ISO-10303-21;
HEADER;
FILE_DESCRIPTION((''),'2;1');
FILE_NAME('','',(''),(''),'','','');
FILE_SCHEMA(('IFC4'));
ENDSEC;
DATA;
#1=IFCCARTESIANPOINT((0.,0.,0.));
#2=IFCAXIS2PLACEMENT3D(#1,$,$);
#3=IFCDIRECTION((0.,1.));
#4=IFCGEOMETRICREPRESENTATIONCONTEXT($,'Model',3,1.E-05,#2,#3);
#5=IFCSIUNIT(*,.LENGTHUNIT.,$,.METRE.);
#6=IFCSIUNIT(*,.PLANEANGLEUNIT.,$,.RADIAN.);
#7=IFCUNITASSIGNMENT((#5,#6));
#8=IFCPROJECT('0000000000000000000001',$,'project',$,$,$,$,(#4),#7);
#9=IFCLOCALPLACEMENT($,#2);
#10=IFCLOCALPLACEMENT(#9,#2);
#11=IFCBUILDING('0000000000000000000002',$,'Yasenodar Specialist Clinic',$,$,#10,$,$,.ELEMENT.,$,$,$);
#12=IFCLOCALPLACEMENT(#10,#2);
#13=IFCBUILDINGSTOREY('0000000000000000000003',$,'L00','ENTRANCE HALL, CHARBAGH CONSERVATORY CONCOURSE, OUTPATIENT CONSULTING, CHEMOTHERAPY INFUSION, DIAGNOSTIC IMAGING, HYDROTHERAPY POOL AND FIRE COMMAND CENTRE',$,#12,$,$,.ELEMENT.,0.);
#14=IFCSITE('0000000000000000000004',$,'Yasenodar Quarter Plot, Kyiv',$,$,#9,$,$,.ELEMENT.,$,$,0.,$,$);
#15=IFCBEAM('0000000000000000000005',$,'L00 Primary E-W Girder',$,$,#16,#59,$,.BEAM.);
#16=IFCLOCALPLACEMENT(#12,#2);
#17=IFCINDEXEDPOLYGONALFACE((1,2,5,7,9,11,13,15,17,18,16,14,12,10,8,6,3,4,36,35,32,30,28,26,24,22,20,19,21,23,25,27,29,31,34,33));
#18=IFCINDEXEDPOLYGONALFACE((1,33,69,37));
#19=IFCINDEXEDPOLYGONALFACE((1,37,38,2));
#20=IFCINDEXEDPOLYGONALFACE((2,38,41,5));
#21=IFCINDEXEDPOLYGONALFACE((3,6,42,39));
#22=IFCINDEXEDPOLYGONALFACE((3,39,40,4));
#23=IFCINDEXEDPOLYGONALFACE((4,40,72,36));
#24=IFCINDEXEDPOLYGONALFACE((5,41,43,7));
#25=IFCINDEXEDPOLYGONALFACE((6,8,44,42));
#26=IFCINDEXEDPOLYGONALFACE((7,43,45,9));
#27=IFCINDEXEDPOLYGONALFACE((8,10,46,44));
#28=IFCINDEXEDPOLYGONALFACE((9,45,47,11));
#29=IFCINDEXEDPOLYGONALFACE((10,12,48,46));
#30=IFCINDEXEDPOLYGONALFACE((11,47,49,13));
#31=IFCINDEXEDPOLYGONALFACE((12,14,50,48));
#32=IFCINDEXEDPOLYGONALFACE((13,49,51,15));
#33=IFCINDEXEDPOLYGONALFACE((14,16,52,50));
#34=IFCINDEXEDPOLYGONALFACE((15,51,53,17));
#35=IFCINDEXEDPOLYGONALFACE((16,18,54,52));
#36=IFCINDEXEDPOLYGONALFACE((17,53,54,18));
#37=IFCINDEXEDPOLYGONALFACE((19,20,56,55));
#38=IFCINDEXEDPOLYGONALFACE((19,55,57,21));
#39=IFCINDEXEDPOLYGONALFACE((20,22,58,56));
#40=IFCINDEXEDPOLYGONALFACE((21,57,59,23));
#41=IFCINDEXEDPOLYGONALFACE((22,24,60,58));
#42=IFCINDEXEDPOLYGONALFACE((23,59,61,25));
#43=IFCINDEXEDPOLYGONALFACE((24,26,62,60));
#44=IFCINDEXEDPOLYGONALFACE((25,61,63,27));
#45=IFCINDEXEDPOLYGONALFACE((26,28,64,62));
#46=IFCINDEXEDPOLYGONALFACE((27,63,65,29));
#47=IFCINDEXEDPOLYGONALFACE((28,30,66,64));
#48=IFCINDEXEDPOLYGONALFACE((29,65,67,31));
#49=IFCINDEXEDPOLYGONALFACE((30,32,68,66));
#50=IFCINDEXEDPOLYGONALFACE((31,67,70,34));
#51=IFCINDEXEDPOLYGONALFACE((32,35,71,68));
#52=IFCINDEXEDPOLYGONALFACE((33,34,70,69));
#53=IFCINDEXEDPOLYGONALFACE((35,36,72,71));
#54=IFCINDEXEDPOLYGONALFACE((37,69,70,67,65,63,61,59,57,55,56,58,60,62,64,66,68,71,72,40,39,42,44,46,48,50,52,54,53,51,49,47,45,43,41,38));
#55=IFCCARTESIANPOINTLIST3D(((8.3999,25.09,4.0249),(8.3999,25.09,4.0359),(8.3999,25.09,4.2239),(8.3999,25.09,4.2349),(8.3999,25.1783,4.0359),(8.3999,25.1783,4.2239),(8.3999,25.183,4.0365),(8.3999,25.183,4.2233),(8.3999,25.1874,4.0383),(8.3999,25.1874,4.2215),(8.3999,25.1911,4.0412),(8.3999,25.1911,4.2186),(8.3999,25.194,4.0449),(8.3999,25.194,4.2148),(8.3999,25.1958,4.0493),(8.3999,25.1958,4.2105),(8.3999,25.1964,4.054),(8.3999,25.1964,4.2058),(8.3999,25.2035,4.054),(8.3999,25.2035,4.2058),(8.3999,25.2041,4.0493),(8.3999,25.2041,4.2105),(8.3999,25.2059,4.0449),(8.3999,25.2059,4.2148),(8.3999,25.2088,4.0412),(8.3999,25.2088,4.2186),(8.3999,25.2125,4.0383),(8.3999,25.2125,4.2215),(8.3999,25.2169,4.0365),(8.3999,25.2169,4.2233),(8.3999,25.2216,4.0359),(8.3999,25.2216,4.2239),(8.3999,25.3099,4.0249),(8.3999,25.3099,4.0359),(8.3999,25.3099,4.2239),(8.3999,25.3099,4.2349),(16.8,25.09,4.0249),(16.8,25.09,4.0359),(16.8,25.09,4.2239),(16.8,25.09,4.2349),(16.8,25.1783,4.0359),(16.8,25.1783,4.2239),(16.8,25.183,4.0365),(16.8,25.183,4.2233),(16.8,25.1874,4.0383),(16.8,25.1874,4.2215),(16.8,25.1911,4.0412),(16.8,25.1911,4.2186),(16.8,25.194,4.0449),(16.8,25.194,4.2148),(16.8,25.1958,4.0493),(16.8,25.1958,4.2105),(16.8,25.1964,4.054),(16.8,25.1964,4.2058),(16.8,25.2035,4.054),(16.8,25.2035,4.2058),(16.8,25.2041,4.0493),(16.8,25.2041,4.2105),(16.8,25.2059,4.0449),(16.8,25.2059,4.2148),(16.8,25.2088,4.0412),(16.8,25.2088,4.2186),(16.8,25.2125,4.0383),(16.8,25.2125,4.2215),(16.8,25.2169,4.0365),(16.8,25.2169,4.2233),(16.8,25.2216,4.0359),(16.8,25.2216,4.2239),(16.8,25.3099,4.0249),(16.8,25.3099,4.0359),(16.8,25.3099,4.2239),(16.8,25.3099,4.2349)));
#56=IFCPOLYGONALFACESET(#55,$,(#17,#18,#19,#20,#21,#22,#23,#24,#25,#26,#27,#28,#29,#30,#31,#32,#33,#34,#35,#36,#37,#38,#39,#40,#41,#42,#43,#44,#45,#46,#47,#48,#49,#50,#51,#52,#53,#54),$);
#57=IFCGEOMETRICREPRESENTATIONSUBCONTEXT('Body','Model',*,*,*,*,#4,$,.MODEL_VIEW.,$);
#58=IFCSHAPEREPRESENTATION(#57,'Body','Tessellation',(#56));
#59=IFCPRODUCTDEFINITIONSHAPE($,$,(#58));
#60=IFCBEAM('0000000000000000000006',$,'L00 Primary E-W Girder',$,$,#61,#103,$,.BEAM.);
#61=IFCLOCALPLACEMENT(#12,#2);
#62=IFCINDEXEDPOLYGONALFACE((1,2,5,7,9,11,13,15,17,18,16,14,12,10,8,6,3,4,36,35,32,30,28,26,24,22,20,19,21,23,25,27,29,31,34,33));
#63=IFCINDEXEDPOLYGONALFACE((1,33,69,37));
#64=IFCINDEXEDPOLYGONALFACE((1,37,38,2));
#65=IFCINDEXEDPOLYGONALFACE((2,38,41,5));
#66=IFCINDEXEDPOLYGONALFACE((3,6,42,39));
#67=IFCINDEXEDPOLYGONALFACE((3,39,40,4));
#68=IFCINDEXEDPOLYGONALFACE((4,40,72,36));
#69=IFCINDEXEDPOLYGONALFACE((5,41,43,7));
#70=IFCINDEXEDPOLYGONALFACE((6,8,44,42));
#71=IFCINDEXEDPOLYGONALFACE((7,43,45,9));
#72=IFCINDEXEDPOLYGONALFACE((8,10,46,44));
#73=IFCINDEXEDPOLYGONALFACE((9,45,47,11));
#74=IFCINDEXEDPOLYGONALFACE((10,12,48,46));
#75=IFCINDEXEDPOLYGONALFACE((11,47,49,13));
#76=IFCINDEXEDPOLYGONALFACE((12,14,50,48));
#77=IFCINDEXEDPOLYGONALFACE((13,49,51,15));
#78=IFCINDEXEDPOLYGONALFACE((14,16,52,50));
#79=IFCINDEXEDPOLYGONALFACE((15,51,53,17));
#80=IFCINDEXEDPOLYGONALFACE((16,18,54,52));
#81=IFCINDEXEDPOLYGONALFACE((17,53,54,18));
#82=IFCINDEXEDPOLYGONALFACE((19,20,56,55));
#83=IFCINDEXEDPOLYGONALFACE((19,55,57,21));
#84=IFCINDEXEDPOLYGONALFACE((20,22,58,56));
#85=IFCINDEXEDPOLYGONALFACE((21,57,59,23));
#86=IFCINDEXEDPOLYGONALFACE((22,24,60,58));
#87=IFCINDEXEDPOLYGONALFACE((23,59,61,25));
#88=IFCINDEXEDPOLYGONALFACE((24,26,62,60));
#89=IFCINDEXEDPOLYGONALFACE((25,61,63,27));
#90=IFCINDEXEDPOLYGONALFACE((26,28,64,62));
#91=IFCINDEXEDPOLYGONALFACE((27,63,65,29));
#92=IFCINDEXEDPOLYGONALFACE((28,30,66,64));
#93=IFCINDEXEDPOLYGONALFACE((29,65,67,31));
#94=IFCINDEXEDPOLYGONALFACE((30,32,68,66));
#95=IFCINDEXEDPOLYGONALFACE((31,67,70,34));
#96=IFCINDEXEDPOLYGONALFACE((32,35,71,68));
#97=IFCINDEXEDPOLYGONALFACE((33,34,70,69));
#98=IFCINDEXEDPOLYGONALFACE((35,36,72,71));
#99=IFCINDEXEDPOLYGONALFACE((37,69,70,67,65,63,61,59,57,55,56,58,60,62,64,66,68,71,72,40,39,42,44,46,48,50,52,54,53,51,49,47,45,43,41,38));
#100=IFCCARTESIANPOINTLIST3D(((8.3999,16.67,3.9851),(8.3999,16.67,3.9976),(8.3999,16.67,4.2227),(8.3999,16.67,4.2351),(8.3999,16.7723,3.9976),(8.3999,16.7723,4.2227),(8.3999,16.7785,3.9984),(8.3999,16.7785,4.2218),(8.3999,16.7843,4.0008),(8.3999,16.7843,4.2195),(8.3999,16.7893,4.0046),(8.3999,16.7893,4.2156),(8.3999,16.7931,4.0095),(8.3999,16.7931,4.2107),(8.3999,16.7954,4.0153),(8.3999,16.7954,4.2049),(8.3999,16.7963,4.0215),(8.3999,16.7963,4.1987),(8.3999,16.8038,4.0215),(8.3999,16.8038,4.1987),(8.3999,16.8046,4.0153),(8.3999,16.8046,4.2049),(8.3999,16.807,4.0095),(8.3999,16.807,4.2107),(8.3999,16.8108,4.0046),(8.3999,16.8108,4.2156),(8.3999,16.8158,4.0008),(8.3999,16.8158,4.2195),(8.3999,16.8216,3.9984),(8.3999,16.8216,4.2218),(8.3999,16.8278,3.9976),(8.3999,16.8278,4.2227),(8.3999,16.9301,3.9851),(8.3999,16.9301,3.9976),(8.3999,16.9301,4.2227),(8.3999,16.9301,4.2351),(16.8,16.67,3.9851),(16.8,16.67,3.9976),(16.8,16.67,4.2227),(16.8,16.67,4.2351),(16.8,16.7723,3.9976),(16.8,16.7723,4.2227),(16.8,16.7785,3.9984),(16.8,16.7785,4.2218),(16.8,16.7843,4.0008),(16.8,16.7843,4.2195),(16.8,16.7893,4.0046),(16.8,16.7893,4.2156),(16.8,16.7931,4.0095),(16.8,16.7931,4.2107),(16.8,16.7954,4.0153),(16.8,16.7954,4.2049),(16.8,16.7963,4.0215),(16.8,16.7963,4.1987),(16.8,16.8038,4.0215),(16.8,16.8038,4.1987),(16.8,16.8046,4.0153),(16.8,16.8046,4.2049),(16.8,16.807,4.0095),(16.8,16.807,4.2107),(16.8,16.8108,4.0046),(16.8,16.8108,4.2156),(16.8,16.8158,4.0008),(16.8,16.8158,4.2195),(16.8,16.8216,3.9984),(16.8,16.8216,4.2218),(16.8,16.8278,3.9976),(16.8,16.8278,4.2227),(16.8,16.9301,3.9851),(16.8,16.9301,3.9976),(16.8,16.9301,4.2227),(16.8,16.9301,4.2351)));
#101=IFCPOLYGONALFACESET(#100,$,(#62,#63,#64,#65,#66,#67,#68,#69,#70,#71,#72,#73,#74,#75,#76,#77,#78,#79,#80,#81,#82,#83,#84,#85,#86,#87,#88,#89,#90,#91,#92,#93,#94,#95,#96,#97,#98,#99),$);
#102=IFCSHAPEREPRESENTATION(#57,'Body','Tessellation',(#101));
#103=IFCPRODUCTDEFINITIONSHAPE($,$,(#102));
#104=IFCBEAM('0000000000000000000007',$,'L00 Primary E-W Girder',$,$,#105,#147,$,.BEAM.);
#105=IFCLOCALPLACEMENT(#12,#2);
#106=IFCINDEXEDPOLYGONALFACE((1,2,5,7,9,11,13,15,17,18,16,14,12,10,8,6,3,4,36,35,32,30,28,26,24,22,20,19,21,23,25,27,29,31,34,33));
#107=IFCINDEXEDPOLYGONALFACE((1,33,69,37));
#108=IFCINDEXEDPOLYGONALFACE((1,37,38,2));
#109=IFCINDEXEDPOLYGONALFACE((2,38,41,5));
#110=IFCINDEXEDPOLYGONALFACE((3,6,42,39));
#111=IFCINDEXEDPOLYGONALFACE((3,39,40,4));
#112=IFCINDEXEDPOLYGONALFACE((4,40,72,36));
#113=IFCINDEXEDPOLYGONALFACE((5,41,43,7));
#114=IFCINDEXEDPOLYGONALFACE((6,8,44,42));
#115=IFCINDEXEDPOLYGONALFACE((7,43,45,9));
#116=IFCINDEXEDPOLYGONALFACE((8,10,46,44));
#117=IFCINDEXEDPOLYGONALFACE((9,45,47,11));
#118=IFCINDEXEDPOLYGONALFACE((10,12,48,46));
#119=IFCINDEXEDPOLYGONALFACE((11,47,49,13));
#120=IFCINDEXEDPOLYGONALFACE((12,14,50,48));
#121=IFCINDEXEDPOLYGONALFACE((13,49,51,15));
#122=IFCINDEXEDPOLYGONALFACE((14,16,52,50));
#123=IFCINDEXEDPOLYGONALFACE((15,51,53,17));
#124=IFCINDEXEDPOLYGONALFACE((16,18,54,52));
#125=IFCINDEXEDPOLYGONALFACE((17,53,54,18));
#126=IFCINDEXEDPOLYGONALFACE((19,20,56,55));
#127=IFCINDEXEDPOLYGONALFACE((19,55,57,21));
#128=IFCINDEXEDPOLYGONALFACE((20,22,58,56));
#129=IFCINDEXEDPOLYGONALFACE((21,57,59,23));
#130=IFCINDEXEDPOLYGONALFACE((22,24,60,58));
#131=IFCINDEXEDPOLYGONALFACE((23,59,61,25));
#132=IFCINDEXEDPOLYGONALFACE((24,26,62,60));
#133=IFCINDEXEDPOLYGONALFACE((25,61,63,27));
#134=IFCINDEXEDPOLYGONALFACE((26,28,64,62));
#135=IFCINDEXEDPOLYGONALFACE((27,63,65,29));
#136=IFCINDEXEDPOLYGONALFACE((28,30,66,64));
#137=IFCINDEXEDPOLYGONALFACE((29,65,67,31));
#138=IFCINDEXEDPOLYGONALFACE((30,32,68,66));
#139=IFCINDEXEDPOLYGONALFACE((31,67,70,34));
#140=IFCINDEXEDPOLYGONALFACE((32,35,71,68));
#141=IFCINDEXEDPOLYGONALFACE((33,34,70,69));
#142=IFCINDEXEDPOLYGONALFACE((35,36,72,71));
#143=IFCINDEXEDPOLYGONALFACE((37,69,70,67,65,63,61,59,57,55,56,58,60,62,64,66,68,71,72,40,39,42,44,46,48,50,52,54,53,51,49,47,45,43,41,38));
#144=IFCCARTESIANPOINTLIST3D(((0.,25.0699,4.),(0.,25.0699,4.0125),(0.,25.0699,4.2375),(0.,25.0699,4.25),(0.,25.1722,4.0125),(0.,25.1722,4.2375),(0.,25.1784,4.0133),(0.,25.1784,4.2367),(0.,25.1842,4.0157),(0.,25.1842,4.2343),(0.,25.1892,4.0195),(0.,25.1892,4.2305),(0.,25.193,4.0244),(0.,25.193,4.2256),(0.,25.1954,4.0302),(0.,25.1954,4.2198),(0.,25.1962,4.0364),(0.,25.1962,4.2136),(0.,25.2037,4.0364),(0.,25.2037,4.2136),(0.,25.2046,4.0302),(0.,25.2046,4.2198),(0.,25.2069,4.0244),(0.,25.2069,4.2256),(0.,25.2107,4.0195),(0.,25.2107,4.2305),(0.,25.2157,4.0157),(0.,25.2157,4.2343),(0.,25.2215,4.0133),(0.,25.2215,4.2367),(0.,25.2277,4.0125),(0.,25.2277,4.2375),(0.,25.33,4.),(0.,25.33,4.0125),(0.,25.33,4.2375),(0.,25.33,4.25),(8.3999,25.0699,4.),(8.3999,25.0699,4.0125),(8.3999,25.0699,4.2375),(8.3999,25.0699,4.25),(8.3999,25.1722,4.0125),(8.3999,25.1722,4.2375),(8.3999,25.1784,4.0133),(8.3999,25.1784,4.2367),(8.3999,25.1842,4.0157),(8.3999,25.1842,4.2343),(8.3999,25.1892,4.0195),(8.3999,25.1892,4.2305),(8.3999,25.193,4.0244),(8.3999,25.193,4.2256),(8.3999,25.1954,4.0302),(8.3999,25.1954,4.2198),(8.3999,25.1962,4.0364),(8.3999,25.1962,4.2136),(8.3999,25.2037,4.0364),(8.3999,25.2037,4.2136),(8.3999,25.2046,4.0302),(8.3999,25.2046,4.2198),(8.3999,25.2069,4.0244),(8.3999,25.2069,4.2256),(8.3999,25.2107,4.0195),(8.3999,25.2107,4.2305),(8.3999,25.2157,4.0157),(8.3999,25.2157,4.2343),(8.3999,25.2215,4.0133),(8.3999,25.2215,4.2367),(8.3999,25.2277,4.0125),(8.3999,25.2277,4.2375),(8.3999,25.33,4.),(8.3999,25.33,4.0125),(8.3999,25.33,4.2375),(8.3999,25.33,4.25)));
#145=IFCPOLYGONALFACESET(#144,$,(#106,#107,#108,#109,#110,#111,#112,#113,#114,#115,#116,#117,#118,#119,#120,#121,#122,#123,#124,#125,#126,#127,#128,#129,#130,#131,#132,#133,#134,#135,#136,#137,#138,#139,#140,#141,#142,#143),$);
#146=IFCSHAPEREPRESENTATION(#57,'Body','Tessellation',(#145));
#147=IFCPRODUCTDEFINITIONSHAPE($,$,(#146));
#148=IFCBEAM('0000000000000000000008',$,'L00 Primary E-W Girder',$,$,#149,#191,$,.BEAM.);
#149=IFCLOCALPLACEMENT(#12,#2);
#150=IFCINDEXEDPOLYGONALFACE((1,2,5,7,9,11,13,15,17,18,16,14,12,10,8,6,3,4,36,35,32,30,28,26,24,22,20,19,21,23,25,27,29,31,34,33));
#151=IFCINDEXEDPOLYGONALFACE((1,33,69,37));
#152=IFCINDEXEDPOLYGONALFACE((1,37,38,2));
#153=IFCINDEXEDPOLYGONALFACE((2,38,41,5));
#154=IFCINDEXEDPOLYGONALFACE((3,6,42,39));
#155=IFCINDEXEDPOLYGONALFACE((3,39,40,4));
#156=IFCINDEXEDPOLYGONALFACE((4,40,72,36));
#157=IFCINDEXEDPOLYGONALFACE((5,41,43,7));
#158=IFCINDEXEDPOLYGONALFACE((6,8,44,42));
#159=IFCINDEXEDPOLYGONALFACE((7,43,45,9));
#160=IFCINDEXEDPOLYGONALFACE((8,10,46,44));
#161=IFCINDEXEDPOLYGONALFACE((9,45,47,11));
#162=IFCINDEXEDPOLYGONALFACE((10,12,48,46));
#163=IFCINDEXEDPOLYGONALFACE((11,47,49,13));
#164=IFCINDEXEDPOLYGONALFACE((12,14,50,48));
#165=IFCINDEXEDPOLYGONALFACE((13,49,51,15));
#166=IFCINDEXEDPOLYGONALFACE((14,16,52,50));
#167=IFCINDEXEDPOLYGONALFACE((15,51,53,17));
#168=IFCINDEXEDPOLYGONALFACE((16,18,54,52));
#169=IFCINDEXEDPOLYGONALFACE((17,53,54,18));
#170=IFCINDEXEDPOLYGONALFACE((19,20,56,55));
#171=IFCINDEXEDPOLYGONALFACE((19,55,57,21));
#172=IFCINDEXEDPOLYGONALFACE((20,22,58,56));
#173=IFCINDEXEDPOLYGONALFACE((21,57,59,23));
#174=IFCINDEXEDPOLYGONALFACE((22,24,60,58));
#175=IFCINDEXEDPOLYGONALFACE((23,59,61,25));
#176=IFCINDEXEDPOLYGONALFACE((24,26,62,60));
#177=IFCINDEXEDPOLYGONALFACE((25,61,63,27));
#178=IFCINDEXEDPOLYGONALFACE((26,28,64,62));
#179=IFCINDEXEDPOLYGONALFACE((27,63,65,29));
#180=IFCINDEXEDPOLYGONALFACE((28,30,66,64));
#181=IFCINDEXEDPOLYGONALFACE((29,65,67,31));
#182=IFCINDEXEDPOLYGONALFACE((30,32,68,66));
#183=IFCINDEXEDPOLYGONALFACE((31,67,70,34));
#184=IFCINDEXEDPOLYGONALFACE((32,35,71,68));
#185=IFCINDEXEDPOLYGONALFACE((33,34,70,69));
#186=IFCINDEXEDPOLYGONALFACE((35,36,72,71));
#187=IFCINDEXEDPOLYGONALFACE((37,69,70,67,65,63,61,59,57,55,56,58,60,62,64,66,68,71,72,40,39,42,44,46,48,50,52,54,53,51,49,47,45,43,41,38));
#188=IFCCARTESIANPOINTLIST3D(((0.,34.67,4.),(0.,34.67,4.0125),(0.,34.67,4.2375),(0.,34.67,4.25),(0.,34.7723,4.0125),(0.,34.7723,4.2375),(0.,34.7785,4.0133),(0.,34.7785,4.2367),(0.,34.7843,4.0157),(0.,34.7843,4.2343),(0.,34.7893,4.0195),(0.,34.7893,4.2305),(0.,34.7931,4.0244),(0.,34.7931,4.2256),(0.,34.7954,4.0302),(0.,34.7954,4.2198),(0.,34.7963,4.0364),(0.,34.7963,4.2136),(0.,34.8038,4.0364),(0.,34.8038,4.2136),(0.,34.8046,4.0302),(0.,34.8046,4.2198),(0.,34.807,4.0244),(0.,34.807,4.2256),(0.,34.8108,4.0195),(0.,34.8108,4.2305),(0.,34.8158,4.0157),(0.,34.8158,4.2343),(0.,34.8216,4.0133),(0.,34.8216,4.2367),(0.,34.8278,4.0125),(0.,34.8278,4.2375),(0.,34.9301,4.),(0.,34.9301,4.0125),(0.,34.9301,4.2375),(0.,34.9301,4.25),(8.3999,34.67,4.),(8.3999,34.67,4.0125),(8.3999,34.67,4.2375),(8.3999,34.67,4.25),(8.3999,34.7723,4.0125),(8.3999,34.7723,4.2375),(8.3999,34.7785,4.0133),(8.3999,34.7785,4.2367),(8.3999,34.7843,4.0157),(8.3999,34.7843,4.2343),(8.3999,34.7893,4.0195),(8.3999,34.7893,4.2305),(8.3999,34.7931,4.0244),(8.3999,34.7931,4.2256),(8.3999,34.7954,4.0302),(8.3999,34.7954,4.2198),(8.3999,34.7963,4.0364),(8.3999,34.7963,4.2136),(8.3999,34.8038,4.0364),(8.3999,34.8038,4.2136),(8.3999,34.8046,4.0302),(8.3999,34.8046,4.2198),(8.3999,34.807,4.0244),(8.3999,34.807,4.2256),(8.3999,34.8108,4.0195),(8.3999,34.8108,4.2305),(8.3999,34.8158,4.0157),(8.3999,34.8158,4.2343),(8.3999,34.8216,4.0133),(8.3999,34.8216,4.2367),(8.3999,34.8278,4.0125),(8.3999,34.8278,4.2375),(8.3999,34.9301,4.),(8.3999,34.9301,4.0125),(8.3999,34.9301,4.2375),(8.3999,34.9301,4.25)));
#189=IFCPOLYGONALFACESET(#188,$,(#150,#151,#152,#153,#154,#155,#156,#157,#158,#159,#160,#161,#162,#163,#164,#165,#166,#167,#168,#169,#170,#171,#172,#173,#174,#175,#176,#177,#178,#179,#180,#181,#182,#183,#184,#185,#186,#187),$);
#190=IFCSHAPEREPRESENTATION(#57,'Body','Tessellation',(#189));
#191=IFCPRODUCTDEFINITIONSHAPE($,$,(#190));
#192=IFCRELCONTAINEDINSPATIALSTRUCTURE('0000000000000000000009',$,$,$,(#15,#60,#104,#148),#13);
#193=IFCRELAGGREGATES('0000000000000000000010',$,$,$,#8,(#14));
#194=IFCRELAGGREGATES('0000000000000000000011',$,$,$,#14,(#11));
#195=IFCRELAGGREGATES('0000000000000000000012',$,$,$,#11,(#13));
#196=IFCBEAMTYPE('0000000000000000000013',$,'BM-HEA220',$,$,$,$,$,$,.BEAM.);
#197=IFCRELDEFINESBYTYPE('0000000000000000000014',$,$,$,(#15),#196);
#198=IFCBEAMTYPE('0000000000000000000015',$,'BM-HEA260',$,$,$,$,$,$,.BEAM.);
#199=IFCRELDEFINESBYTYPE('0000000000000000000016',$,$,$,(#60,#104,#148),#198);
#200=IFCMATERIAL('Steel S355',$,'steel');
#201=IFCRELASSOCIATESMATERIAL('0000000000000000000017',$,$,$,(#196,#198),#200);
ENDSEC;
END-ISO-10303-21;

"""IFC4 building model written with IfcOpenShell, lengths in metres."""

from ifc_helpers import new_model, si_unit, direction, frame, origin, origin_2d, place, context, subcontext, project, spatial, i_section, extrude, material, material_profile, profile_set, type_object, element, save


model = new_model("IFC4")

# Units and contexts
model_context = context("Model", 3, precision=1e-05, world=origin(), true_north=direction((0.0, 1.0)))
body_context = subcontext(model_context, "Body", "Model", "MODEL_VIEW")
ifc_project = project(units=[si_unit("LENGTHUNIT", "METRE"), si_unit("PLANEANGLEUNIT", "RADIAN")], contexts=[model_context])

# Site, building, storey
site_placement = place(None, origin())
site = spatial("IfcSite", under=ifc_project, at=site_placement, Name="Yasenodar Quarter Plot, Kyiv", CompositionType="ELEMENT", RefElevation=0.0)
building_placement = place(site_placement, origin())
building = spatial("IfcBuilding", under=site, at=building_placement, Name="Yasenodar Specialist Clinic", CompositionType="ELEMENT")
storey_placement = place(building_placement, origin())
storey = spatial("IfcBuildingStorey", under=building, at=storey_placement, Name="L00", Description="ENTRANCE HALL, CHARBAGH CONSERVATORY CONCOURSE, OUTPATIENT CONSULTING, CHEMOTHERAPY INFUSION, DIAGNOSTIC IMAGING, HYDROTHERAPY POOL AND FIRE COMMAND CENTRE", CompositionType="ELEMENT", Elevation=0.0)

# Shared definitions
ifc_material_1 = material(Name="Steel S355", Category="steel")

# Beams
ifc_material_profile_1 = material_profile(ifc_material_1, i_section(OverallWidth=0.22, OverallDepth=0.21, WebThickness=0.0071, FlangeThickness=0.011, FilletRadius=0.0181, at=origin_2d()), Name="HEA 220")
ifc_profile_set_1 = profile_set([ifc_material_profile_1], Name="Steel S355")
beam_type_1 = type_object("IfcBeamType", Name="BM-HEA220", PredefinedType="BEAM", material=ifc_profile_set_1)
beam_1_placement = place(storey_placement, frame((8.3999, 25.2, 4.1299), z_axis=(1.0, 0.0, 0.0), x_axis=(0.0, 1.0, 0.0)))
element("IfcBeam", 1, at=beam_1_placement, inside=storey, type_object=beam_type_1, Name="L00 Primary E-W Girder", PredefinedType="BEAM", context=body_context, shape_type="SweptSolid", body=[
    extrude(i_section(OverallWidth=0.22, OverallDepth=0.21, WebThickness=0.0071, FlangeThickness=0.011, FilletRadius=0.0181, at=origin_2d()), origin(), (0.0, 0.0, 1.0), 8.4001),
])
ifc_material_profile_2 = material_profile(ifc_material_1, i_section(OverallWidth=0.26, OverallDepth=0.25, WebThickness=0.0076, FlangeThickness=0.0125, FilletRadius=0.0239, at=origin_2d()), Name="HEA 260")
ifc_profile_set_2 = profile_set([ifc_material_profile_2], Name="Steel S355")
beam_type_2 = type_object("IfcBeamType", Name="BM-HEA260", PredefinedType="BEAM", material=ifc_profile_set_2)
beam_2_placement = place(storey_placement, frame((8.3999, 16.8, 4.1101), z_axis=(1.0, 0.0, 0.0), x_axis=(0.0, 1.0, 0.0)))
element("IfcBeam", 2, at=beam_2_placement, inside=storey, type_object=beam_type_2, Name="L00 Primary E-W Girder", PredefinedType="BEAM", context=body_context, shape_type="SweptSolid", body=[
    extrude(i_section(OverallWidth=0.26, OverallDepth=0.25, WebThickness=0.0076, FlangeThickness=0.0125, FilletRadius=0.0239, at=origin_2d()), origin(), (0.0, 0.0, 1.0), 8.4001),
])
for number, where, z_axis, x_axis, name in (
    (3, (0.0, 25.2, 4.125), (1.0, 0.0, 0.0), (0.0, 1.0, 0.0), "L00 Primary E-W Girder"),
    (4, (0.0, 34.8, 4.125), (1.0, 0.0, 0.0), (0.0, 1.0, 0.0), "L00 Primary E-W Girder"),
):
    element("IfcBeam", number, at=place(storey_placement, frame(where, z_axis=z_axis, x_axis=x_axis)), inside=storey, type_object=beam_type_2, Name=name, PredefinedType="BEAM", context=body_context, shape_type="SweptSolid", body=[
        extrude(i_section(OverallWidth=0.26, OverallDepth=0.25, WebThickness=0.0076, FlangeThickness=0.0125, FilletRadius=0.0239, at=origin_2d()), origin(), (0.0, 0.0, 1.0), 8.3999),
    ])

save(model, "model.ifc")
